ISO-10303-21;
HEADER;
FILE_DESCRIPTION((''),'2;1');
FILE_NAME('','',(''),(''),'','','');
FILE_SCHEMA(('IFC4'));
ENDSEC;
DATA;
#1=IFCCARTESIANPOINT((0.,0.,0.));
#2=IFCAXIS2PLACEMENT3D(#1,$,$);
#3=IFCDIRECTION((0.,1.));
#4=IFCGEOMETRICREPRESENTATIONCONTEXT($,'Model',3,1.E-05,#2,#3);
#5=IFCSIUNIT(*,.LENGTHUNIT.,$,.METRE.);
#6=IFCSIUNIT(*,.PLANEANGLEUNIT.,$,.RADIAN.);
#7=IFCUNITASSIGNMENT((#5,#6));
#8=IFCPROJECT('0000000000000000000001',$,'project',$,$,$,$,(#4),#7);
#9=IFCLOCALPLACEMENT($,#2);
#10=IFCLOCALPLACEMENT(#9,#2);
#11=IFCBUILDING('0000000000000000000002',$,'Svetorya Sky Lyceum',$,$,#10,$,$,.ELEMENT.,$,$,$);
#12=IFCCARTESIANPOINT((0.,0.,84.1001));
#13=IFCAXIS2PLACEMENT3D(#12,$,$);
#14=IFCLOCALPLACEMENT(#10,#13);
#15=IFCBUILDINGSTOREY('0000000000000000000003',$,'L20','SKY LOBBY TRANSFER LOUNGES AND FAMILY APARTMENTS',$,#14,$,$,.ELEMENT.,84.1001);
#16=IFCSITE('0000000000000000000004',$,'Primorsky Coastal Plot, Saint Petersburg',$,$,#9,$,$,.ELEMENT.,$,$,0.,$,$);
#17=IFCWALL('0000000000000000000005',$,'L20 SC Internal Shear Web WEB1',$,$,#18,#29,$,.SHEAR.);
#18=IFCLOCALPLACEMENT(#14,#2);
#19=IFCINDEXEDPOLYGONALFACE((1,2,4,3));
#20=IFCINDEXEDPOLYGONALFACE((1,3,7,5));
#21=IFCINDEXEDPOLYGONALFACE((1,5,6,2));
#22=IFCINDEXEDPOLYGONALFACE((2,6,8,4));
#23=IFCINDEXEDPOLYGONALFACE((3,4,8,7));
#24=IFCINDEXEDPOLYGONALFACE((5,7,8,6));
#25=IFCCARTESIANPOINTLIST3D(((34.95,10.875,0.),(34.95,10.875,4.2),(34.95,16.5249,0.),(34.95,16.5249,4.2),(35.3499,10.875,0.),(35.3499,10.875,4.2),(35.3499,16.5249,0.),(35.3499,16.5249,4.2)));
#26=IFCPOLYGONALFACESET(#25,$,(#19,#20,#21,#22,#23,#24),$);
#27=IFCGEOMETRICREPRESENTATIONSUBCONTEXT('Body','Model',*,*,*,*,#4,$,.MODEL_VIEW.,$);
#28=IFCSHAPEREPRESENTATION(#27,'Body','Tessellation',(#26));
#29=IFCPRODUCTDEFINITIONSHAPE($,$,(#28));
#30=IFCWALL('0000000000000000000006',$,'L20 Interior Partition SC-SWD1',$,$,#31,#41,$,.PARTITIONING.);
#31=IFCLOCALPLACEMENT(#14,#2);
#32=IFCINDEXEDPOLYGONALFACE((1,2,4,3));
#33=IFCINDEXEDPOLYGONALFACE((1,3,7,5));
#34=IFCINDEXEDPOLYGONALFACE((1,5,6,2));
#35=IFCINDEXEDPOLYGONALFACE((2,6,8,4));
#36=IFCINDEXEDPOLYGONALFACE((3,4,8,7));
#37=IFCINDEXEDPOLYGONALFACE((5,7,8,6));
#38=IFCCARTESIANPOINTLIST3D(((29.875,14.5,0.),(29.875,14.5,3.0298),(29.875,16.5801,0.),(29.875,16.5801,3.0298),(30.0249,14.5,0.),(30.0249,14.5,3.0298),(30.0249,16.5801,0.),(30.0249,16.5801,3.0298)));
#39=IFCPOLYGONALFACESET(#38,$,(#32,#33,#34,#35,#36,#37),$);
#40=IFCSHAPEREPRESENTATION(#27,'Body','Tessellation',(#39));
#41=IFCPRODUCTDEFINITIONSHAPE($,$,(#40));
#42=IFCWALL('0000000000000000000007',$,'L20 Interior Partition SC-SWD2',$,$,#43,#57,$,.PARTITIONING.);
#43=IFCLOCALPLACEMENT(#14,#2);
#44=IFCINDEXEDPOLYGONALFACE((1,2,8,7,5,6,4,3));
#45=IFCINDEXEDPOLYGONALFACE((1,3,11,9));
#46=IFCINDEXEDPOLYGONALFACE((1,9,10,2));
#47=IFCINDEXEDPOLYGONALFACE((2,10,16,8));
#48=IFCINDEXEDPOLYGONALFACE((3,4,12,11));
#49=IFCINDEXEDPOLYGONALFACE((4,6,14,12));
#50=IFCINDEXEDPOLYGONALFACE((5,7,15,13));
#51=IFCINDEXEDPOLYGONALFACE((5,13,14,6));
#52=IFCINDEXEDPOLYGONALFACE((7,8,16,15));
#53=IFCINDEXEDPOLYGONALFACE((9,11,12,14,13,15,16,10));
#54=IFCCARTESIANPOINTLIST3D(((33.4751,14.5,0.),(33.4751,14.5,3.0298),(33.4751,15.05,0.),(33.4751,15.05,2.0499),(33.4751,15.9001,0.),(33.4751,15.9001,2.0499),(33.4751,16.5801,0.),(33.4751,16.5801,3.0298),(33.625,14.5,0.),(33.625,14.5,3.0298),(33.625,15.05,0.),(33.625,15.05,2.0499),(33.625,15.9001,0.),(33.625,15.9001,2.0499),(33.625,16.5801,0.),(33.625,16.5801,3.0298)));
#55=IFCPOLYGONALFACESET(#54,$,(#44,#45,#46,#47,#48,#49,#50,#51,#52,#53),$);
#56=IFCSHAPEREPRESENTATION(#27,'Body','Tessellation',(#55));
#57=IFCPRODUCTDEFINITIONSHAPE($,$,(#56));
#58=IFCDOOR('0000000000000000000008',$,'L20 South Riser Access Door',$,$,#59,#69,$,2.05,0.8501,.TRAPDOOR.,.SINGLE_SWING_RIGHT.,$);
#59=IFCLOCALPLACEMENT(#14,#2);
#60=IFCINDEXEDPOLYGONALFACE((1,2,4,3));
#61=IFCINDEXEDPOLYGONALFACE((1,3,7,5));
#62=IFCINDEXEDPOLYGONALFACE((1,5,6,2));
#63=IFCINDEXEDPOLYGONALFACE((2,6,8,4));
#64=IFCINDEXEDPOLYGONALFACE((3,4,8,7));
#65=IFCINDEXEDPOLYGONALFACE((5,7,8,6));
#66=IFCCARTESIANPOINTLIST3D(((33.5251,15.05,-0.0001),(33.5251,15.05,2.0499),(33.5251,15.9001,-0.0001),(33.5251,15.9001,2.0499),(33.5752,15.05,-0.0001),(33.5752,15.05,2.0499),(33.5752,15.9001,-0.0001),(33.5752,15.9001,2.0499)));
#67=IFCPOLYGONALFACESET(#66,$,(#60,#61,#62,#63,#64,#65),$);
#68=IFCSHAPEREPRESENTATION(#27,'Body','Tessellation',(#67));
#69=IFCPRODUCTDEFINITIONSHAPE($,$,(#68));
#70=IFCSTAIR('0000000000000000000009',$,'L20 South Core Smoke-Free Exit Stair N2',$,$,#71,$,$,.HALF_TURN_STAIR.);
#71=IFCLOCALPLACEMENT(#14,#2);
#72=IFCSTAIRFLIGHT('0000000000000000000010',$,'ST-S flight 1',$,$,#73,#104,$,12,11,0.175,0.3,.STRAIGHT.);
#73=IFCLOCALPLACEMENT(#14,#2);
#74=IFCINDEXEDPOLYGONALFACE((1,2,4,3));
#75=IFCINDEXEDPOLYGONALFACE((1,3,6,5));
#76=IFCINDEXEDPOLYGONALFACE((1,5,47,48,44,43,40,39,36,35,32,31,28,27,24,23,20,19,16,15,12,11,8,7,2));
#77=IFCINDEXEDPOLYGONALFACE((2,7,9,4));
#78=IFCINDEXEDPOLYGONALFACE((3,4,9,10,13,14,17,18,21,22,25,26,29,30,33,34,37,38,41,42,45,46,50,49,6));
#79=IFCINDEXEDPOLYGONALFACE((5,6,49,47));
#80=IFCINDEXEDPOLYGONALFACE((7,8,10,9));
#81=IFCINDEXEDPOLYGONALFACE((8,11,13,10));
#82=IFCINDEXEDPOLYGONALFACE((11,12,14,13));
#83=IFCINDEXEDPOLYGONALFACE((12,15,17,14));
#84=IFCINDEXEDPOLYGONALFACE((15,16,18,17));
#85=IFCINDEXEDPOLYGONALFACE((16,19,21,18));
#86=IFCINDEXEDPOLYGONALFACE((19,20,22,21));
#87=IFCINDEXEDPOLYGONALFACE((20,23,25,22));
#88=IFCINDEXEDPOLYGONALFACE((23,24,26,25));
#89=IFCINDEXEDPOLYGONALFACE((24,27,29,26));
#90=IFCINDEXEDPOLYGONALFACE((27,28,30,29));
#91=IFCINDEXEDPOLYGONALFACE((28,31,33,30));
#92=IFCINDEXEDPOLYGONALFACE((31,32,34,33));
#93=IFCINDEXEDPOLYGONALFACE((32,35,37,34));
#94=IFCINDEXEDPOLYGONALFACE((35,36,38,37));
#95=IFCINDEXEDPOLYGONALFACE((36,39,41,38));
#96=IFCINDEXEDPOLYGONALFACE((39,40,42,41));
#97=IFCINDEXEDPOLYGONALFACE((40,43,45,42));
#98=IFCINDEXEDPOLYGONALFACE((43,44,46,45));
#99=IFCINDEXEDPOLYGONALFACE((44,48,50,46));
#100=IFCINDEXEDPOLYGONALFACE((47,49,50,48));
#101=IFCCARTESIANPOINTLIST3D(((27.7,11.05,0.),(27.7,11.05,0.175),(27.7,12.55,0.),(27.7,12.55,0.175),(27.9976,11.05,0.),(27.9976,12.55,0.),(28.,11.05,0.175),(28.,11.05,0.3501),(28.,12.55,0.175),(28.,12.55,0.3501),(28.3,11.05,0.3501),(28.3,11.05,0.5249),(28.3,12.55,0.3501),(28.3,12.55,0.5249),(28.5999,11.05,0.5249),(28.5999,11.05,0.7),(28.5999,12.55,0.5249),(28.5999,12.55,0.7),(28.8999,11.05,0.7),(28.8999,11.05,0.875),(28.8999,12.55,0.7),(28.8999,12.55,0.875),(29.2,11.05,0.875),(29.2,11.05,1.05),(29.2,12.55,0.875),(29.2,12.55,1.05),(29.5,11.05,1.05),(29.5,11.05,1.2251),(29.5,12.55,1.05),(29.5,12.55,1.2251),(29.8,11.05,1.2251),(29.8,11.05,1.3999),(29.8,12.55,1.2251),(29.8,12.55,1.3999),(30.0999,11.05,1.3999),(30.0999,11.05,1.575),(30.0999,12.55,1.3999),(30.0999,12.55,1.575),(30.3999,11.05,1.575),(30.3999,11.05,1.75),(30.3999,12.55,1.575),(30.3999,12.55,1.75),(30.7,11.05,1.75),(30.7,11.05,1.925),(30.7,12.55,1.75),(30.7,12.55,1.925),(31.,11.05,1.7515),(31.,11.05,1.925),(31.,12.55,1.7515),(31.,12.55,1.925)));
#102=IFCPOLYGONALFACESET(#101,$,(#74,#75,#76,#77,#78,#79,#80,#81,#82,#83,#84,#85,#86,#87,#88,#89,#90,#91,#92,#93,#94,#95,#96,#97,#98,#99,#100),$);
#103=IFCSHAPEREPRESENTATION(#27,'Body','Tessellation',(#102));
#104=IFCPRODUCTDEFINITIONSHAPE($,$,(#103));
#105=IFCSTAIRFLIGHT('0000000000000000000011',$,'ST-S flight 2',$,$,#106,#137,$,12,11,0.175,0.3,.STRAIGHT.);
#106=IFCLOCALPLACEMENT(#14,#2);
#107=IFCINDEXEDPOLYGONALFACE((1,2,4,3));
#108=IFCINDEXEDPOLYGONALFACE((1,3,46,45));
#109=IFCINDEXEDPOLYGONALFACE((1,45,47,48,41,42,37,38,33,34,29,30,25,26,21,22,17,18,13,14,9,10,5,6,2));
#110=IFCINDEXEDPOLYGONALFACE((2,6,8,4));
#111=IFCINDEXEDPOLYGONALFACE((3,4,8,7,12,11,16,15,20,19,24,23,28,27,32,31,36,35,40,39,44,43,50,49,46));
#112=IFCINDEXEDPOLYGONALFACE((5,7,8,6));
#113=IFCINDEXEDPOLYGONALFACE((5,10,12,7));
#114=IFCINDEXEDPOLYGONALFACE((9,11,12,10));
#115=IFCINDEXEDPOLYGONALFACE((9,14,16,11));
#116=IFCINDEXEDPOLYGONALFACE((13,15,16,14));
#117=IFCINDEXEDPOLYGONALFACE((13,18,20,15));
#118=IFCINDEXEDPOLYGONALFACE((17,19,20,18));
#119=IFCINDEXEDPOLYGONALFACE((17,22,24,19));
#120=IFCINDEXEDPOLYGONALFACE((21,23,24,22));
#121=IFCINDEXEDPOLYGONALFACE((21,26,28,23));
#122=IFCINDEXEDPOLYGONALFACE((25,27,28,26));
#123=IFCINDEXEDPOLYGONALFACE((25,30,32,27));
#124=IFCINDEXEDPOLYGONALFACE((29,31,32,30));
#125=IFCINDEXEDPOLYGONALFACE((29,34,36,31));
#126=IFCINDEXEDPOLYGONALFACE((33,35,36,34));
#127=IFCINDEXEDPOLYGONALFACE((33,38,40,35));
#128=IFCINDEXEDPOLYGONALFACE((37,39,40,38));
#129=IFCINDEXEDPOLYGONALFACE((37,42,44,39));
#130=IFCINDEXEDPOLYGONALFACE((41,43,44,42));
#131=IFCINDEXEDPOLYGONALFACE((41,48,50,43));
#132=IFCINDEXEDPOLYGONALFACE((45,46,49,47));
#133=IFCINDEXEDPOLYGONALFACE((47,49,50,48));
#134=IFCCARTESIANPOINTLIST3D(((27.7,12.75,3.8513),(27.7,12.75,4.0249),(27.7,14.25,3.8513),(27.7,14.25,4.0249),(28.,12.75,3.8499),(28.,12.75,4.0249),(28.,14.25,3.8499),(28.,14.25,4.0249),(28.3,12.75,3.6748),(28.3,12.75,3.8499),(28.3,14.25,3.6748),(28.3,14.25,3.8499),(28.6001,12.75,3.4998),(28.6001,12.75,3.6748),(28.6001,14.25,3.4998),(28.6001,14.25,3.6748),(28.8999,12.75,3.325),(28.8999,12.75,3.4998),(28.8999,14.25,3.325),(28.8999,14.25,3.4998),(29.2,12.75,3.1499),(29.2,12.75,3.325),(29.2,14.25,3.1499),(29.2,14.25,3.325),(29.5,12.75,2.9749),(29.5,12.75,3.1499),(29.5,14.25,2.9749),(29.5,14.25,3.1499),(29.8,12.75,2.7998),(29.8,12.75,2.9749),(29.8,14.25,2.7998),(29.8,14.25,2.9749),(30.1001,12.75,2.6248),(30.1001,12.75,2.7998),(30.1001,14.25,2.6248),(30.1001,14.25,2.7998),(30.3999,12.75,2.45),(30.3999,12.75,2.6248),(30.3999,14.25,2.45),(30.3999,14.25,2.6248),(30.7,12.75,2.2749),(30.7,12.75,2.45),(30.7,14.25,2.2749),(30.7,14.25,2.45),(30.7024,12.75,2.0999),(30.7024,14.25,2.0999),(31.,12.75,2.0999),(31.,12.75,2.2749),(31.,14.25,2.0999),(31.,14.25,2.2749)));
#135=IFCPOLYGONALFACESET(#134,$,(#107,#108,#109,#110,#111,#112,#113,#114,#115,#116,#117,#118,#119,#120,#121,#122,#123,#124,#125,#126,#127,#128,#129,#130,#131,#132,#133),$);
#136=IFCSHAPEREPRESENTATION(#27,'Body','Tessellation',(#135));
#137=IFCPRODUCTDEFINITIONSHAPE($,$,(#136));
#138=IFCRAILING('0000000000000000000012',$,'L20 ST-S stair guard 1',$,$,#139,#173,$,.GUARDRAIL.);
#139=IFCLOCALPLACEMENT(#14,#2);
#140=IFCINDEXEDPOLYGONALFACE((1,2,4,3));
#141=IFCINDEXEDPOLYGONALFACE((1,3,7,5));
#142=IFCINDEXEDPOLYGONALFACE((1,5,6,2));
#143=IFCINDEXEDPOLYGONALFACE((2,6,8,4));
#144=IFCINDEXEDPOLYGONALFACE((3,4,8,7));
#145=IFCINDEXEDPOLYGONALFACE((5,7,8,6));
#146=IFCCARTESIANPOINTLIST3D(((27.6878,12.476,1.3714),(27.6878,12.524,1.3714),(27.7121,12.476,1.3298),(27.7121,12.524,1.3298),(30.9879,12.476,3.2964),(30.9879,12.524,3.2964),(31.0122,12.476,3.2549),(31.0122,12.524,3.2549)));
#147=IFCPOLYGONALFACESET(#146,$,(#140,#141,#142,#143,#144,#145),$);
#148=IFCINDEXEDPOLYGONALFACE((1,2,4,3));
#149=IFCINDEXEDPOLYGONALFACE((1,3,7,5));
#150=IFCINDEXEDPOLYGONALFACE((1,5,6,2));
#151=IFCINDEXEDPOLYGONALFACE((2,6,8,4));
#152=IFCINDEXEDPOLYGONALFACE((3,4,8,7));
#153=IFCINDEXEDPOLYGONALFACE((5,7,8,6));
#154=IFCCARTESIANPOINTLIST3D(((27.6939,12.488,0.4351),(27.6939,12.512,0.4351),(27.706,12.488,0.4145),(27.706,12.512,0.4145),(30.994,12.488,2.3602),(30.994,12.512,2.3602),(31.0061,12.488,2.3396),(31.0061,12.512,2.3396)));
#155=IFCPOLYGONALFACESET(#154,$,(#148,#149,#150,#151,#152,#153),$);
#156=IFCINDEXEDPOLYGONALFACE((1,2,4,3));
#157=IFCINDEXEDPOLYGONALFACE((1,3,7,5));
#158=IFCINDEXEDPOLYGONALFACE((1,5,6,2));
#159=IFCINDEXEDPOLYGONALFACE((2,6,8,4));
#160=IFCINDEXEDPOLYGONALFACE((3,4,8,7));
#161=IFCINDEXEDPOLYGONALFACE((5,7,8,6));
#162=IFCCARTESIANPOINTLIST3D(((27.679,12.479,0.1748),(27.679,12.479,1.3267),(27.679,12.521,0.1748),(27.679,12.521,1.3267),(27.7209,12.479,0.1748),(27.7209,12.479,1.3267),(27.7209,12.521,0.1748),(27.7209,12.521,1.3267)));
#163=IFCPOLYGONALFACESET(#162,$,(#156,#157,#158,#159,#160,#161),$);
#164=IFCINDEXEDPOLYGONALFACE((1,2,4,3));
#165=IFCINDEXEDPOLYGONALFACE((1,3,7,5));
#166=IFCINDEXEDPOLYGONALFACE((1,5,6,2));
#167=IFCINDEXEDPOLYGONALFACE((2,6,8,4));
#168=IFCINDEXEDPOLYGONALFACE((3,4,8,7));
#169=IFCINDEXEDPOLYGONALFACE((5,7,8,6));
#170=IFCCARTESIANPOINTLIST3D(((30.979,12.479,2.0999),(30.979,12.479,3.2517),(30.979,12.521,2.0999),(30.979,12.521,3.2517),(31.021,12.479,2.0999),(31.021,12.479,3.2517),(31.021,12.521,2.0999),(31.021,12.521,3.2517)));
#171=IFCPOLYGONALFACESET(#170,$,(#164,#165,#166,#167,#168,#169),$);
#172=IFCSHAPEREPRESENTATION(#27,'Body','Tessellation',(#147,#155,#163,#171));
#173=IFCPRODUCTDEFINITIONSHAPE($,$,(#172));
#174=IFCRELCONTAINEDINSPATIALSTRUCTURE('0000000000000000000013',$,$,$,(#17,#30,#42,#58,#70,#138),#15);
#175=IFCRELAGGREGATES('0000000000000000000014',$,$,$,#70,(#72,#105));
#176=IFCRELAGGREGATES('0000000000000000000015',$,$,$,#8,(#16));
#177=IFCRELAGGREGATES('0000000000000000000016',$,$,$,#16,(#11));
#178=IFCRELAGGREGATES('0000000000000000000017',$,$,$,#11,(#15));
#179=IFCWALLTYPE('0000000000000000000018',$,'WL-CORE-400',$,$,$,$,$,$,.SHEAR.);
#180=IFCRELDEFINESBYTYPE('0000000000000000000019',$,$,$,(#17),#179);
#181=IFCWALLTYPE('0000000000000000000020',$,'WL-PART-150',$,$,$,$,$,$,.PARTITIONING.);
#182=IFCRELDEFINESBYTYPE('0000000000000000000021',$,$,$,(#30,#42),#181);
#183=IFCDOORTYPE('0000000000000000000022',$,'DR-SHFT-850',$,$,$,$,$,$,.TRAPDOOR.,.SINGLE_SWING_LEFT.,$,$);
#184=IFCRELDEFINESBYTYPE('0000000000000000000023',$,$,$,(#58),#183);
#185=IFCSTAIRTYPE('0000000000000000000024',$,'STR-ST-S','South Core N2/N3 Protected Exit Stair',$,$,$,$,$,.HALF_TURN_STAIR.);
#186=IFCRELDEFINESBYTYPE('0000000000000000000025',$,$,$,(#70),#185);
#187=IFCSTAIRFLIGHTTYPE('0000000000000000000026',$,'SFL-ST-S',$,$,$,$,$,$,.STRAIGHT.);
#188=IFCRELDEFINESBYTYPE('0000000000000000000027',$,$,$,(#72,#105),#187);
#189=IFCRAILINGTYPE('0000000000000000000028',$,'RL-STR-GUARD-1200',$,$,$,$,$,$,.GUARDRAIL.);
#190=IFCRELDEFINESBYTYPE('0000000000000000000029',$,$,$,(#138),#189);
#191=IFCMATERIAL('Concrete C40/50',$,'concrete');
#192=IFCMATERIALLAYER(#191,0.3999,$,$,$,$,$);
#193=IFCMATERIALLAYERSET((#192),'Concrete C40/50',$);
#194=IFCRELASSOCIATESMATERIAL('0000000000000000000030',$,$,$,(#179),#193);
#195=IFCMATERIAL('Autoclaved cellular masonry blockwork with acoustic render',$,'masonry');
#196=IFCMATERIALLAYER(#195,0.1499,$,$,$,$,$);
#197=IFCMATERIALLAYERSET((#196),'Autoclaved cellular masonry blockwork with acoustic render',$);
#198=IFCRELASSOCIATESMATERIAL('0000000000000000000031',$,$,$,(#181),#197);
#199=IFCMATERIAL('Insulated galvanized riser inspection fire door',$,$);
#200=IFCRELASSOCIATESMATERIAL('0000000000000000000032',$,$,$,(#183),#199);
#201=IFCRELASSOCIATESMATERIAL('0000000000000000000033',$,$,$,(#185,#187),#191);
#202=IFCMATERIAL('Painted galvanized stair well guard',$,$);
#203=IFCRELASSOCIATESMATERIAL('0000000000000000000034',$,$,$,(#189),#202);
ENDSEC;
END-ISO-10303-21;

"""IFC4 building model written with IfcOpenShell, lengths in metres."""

from ifc_helpers import new_model, si_unit, direction, frame, frame_2d, origin, origin_2d, place, context, subcontext, project, spatial, polyline, rectangle, outline, extrude, material, layer, layer_set, type_object, element, fill, aggregate, save


model = new_model("IFC4")

# Units and contexts
model_context = context("Model", 3, precision=1e-05, world=origin(), true_north=direction((0.0, 1.0)))
body_context = subcontext(model_context, "Body", "Model", "MODEL_VIEW")
ifc_project = project(units=[si_unit("LENGTHUNIT", "METRE"), si_unit("PLANEANGLEUNIT", "RADIAN")], contexts=[model_context])

# Site, building, storey
site_placement = place(None, origin())
site = spatial("IfcSite", under=ifc_project, at=site_placement, Name="Primorsky Coastal Plot, Saint Petersburg", CompositionType="ELEMENT", RefElevation=0.0)
building_placement = place(site_placement, origin())
building = spatial("IfcBuilding", under=site, at=building_placement, Name="Svetorya Sky Lyceum", CompositionType="ELEMENT")
storey_placement = place(building_placement, frame((0.0, 0.0, 84.1001)))
storey = spatial("IfcBuildingStorey", under=building, at=storey_placement, Name="L20", Description="SKY LOBBY TRANSFER LOUNGES AND FAMILY APARTMENTS", CompositionType="ELEMENT", Elevation=84.1001)

# Walls
ifc_material_1 = material(Name="Concrete C40/50", Category="concrete")
ifc_layer_1 = layer(ifc_material_1, 0.3999)
ifc_layer_set_1 = layer_set([ifc_layer_1], Name="Concrete C40/50")
wall_type_1 = type_object("IfcWallType", Name="WL-CORE-400", PredefinedType="SHEAR", material=ifc_layer_set_1)
wall_1_placement = place(storey_placement, frame((35.1499, 10.875, 0.0), z_axis=(0.0, 0.0, 1.0), x_axis=(0.0, 1.0, 0.0)))
element("IfcWall", 1, at=wall_1_placement, inside=storey, type_object=wall_type_1, Name="L20 SC Internal Shear Web WEB1", PredefinedType="SHEAR", context=body_context, shape_type="SweptSolid", body=[
    extrude(rectangle(XDim=5.6499, YDim=0.3999, at=frame_2d((2.825, 0.0))), origin(), (0.0, 0.0, 1.0), 4.2),
])
ifc_material_2 = material(Name="Autoclaved cellular masonry blockwork with acoustic render", Category="masonry")
ifc_layer_2 = layer(ifc_material_2, 0.1499)
ifc_layer_set_2 = layer_set([ifc_layer_2], Name="Autoclaved cellular masonry blockwork with acoustic render")
wall_type_2 = type_object("IfcWallType", Name="WL-PART-150", PredefinedType="PARTITIONING", material=ifc_layer_set_2)
wall_2_placement = place(storey_placement, frame((29.95, 14.5, 0.0), z_axis=(0.0, 0.0, 1.0), x_axis=(0.0, 1.0, 0.0)))
element("IfcWall", 2, at=wall_2_placement, inside=storey, type_object=wall_type_2, Name="L20 Interior Partition SC-SWD1", PredefinedType="PARTITIONING", context=body_context, shape_type="SweptSolid", body=[
    extrude(rectangle(XDim=2.0801, YDim=0.1499, at=frame_2d((1.04, 0.0))), origin(), (0.0, 0.0, 1.0), 3.0298),
])

# Wall, opening, door
wall_3_placement = place(storey_placement, frame((33.55, 14.5, 0.0), z_axis=(0.0, 0.0, 1.0), x_axis=(0.0, 1.0, 0.0)))
wall_3 = element("IfcWall", 3, at=wall_3_placement, inside=storey, type_object=wall_type_2, Name="L20 Interior Partition SC-SWD2", PredefinedType="PARTITIONING", context=body_context, shape_type="SweptSolid", body=[
    extrude(rectangle(XDim=2.0801, YDim=0.1499, at=frame_2d((1.04, 0.0))), origin(), (0.0, 0.0, 1.0), 3.0298),
])
opening_placement = place(wall_3_placement, frame((0.55, 0.0, 0.0)))
opening = element("IfcOpeningElement", 4, at=opening_placement, cuts=wall_3, PredefinedType="OPENING", context=body_context, shape_type="SweptSolid", body=[
    extrude(rectangle(XDim=0.8501, YDim=2.05, at=frame_2d((0.425, 1.0249))), frame((0.0, 0.085, 0.0), z_axis=(0.0, -1.0, 0.0), x_axis=(1.0, 0.0, 0.0)), (0.0, 0.0, 1.0), 0.1699),
])
ifc_material_3 = material(Name="Insulated galvanized riser inspection fire door")
door_type = type_object("IfcDoorType", Name="DR-SHFT-850", OperationType="SINGLE_SWING_LEFT", PredefinedType="TRAPDOOR", material=ifc_material_3)
door_placement = place(opening_placement, origin())
door = element("IfcDoor", 5, at=door_placement, inside=storey, type_object=door_type, Name="L20 South Riser Access Door", OperationType="SINGLE_SWING_RIGHT", OverallHeight=2.05, OverallWidth=0.8501, PredefinedType="TRAPDOOR", context=body_context, shape_type="SweptSolid", body=[
    extrude(rectangle(XDim=0.8501, YDim=2.05, at=frame_2d((0.425, 1.0249))), frame((0.0, 0.0249, 0.0), z_axis=(0.0, -1.0, 0.0), x_axis=(1.0, 0.0, 0.0)), (0.0, 0.0, 1.0), 0.05),
])
fill(opening, door)

# Stair, stair flights
stair_type = type_object("IfcStairType", Name="STR-ST-S", Description="South Core N2/N3 Protected Exit Stair", PredefinedType="HALF_TURN_STAIR", material=ifc_material_1)
stair_placement = place(storey_placement, origin())
stair = element("IfcStair", 6, at=stair_placement, inside=storey, type_object=stair_type, Name="L20 South Core Smoke-Free Exit Stair N2", PredefinedType="HALF_TURN_STAIR")
stair_flight_type = type_object("IfcStairFlightType", Name="SFL-ST-S", PredefinedType="STRAIGHT", material=ifc_material_1)
stair_flight_1_placement = place(storey_placement, frame((27.7, 11.8, 0.0), z_axis=(0.0, 0.0, 1.0), x_axis=(1.0, 0.0, 0.0)))
stair_flight_1 = element("IfcStairFlight", 7, at=stair_flight_1_placement, type_object=stair_flight_type, Name="ST-S flight 1", NumberOfRisers=12, NumberOfTreads=11, PredefinedType="STRAIGHT", RiserHeight=0.175, TreadLength=0.3, context=body_context, shape_type="SweptSolid", body=[
    extrude(outline(polyline([(0.0, 0.0), (0.0, 0.175), (0.3, 0.175), (0.3, 0.3501), (0.6001, 0.3501), (0.6001, 0.5249), (0.8999, 0.5249), (0.8999, 0.7), (1.2, 0.7), (1.2, 0.875), (1.5, 0.875), (1.5, 1.05), (1.8, 1.05), (1.8, 1.2251), (2.1001, 1.2251), (2.1001, 1.3999), (2.3999, 1.3999), (2.3999, 1.575), (2.7, 1.575), (2.7, 1.75), (3.0, 1.75), (3.0, 1.925), (3.3, 1.925), (3.3, 2.1001), (3.3, 1.7515), (0.2976, 0.0), (0.0, 0.0)])), frame((0.0, 0.75, 0.0), z_axis=(0.0, -1.0, 0.0), x_axis=(1.0, 0.0, 0.0)), (0.0, 0.0, 1.0), 1.5),
])
stair_flight_2_placement = place(storey_placement, frame((31.0, 13.5, 2.0999), z_axis=(0.0, 0.0, 1.0), x_axis=(-1.0, 0.0, 0.0)))
stair_flight_2 = element("IfcStairFlight", 8, at=stair_flight_2_placement, type_object=stair_flight_type, Name="ST-S flight 2", NumberOfRisers=12, NumberOfTreads=11, PredefinedType="STRAIGHT", RiserHeight=0.175, TreadLength=0.3, context=body_context, shape_type="SweptSolid", body=[
    extrude(outline(polyline([(0.0, 0.0), (0.0, 0.175), (0.3, 0.175), (0.3, 0.3501), (0.6001, 0.3501), (0.6001, 0.5249), (0.8999, 0.5249), (0.8999, 0.7), (1.2, 0.7), (1.2, 0.875), (1.5, 0.875), (1.5, 1.05), (1.8, 1.05), (1.8, 1.2251), (2.1001, 1.2251), (2.1001, 1.3999), (2.3999, 1.3999), (2.3999, 1.575), (2.7, 1.575), (2.7, 1.75), (3.0, 1.75), (3.0, 1.925), (3.3, 1.925), (3.3, 2.1001), (3.3, 1.7515), (0.2976, 0.0), (0.0, 0.0)])), frame((0.0, 0.75, 0.0), z_axis=(0.0, -1.0, 0.0), x_axis=(1.0, 0.0, 0.0)), (0.0, 0.0, 1.0), 1.5),
])
aggregate(stair, [stair_flight_1, stair_flight_2])

# Railing
ifc_material_4 = material(Name="Painted galvanized stair well guard")
railing_type_1 = type_object("IfcRailingType", Name="RL-STR-GUARD-1200", PredefinedType="GUARDRAIL", material=ifc_material_4)
railing_1_placement = place(storey_placement, frame((27.7, 12.5, 0.1748)))
element("IfcRailing", 9, at=railing_1_placement, inside=storey, type_object=railing_type_1, Name="L20 ST-S stair guard 1", PredefinedType="GUARDRAIL", context=body_context, shape_type="SweptSolid", body=[
    extrude(rectangle(XDim=0.0481, YDim=0.0481, at=origin_2d()), frame((0.0, 0.0, 1.1758), z_axis=(0.863777, 0.0, 0.503875), x_axis=(0.0, 1.0, 0.0)), (0.0, 0.0, 1.0), 3.8206),
    extrude(rectangle(XDim=0.0239, YDim=0.0239, at=origin_2d()), frame((0.0, 0.0, 0.25), z_axis=(0.863777, 0.0, 0.503875), x_axis=(0.0, 1.0, 0.0)), (0.0, 0.0, 1.0), 3.8206),
    extrude(rectangle(XDim=0.042, YDim=0.042, at=origin_2d()), origin(), (0.0, 0.0, 1.0), 1.1519),
    extrude(rectangle(XDim=0.042, YDim=0.042, at=origin_2d()), frame((3.3, 0.0, 1.925)), (0.0, 0.0, 1.0), 1.1519),
])

save(model, "model.ifc")
